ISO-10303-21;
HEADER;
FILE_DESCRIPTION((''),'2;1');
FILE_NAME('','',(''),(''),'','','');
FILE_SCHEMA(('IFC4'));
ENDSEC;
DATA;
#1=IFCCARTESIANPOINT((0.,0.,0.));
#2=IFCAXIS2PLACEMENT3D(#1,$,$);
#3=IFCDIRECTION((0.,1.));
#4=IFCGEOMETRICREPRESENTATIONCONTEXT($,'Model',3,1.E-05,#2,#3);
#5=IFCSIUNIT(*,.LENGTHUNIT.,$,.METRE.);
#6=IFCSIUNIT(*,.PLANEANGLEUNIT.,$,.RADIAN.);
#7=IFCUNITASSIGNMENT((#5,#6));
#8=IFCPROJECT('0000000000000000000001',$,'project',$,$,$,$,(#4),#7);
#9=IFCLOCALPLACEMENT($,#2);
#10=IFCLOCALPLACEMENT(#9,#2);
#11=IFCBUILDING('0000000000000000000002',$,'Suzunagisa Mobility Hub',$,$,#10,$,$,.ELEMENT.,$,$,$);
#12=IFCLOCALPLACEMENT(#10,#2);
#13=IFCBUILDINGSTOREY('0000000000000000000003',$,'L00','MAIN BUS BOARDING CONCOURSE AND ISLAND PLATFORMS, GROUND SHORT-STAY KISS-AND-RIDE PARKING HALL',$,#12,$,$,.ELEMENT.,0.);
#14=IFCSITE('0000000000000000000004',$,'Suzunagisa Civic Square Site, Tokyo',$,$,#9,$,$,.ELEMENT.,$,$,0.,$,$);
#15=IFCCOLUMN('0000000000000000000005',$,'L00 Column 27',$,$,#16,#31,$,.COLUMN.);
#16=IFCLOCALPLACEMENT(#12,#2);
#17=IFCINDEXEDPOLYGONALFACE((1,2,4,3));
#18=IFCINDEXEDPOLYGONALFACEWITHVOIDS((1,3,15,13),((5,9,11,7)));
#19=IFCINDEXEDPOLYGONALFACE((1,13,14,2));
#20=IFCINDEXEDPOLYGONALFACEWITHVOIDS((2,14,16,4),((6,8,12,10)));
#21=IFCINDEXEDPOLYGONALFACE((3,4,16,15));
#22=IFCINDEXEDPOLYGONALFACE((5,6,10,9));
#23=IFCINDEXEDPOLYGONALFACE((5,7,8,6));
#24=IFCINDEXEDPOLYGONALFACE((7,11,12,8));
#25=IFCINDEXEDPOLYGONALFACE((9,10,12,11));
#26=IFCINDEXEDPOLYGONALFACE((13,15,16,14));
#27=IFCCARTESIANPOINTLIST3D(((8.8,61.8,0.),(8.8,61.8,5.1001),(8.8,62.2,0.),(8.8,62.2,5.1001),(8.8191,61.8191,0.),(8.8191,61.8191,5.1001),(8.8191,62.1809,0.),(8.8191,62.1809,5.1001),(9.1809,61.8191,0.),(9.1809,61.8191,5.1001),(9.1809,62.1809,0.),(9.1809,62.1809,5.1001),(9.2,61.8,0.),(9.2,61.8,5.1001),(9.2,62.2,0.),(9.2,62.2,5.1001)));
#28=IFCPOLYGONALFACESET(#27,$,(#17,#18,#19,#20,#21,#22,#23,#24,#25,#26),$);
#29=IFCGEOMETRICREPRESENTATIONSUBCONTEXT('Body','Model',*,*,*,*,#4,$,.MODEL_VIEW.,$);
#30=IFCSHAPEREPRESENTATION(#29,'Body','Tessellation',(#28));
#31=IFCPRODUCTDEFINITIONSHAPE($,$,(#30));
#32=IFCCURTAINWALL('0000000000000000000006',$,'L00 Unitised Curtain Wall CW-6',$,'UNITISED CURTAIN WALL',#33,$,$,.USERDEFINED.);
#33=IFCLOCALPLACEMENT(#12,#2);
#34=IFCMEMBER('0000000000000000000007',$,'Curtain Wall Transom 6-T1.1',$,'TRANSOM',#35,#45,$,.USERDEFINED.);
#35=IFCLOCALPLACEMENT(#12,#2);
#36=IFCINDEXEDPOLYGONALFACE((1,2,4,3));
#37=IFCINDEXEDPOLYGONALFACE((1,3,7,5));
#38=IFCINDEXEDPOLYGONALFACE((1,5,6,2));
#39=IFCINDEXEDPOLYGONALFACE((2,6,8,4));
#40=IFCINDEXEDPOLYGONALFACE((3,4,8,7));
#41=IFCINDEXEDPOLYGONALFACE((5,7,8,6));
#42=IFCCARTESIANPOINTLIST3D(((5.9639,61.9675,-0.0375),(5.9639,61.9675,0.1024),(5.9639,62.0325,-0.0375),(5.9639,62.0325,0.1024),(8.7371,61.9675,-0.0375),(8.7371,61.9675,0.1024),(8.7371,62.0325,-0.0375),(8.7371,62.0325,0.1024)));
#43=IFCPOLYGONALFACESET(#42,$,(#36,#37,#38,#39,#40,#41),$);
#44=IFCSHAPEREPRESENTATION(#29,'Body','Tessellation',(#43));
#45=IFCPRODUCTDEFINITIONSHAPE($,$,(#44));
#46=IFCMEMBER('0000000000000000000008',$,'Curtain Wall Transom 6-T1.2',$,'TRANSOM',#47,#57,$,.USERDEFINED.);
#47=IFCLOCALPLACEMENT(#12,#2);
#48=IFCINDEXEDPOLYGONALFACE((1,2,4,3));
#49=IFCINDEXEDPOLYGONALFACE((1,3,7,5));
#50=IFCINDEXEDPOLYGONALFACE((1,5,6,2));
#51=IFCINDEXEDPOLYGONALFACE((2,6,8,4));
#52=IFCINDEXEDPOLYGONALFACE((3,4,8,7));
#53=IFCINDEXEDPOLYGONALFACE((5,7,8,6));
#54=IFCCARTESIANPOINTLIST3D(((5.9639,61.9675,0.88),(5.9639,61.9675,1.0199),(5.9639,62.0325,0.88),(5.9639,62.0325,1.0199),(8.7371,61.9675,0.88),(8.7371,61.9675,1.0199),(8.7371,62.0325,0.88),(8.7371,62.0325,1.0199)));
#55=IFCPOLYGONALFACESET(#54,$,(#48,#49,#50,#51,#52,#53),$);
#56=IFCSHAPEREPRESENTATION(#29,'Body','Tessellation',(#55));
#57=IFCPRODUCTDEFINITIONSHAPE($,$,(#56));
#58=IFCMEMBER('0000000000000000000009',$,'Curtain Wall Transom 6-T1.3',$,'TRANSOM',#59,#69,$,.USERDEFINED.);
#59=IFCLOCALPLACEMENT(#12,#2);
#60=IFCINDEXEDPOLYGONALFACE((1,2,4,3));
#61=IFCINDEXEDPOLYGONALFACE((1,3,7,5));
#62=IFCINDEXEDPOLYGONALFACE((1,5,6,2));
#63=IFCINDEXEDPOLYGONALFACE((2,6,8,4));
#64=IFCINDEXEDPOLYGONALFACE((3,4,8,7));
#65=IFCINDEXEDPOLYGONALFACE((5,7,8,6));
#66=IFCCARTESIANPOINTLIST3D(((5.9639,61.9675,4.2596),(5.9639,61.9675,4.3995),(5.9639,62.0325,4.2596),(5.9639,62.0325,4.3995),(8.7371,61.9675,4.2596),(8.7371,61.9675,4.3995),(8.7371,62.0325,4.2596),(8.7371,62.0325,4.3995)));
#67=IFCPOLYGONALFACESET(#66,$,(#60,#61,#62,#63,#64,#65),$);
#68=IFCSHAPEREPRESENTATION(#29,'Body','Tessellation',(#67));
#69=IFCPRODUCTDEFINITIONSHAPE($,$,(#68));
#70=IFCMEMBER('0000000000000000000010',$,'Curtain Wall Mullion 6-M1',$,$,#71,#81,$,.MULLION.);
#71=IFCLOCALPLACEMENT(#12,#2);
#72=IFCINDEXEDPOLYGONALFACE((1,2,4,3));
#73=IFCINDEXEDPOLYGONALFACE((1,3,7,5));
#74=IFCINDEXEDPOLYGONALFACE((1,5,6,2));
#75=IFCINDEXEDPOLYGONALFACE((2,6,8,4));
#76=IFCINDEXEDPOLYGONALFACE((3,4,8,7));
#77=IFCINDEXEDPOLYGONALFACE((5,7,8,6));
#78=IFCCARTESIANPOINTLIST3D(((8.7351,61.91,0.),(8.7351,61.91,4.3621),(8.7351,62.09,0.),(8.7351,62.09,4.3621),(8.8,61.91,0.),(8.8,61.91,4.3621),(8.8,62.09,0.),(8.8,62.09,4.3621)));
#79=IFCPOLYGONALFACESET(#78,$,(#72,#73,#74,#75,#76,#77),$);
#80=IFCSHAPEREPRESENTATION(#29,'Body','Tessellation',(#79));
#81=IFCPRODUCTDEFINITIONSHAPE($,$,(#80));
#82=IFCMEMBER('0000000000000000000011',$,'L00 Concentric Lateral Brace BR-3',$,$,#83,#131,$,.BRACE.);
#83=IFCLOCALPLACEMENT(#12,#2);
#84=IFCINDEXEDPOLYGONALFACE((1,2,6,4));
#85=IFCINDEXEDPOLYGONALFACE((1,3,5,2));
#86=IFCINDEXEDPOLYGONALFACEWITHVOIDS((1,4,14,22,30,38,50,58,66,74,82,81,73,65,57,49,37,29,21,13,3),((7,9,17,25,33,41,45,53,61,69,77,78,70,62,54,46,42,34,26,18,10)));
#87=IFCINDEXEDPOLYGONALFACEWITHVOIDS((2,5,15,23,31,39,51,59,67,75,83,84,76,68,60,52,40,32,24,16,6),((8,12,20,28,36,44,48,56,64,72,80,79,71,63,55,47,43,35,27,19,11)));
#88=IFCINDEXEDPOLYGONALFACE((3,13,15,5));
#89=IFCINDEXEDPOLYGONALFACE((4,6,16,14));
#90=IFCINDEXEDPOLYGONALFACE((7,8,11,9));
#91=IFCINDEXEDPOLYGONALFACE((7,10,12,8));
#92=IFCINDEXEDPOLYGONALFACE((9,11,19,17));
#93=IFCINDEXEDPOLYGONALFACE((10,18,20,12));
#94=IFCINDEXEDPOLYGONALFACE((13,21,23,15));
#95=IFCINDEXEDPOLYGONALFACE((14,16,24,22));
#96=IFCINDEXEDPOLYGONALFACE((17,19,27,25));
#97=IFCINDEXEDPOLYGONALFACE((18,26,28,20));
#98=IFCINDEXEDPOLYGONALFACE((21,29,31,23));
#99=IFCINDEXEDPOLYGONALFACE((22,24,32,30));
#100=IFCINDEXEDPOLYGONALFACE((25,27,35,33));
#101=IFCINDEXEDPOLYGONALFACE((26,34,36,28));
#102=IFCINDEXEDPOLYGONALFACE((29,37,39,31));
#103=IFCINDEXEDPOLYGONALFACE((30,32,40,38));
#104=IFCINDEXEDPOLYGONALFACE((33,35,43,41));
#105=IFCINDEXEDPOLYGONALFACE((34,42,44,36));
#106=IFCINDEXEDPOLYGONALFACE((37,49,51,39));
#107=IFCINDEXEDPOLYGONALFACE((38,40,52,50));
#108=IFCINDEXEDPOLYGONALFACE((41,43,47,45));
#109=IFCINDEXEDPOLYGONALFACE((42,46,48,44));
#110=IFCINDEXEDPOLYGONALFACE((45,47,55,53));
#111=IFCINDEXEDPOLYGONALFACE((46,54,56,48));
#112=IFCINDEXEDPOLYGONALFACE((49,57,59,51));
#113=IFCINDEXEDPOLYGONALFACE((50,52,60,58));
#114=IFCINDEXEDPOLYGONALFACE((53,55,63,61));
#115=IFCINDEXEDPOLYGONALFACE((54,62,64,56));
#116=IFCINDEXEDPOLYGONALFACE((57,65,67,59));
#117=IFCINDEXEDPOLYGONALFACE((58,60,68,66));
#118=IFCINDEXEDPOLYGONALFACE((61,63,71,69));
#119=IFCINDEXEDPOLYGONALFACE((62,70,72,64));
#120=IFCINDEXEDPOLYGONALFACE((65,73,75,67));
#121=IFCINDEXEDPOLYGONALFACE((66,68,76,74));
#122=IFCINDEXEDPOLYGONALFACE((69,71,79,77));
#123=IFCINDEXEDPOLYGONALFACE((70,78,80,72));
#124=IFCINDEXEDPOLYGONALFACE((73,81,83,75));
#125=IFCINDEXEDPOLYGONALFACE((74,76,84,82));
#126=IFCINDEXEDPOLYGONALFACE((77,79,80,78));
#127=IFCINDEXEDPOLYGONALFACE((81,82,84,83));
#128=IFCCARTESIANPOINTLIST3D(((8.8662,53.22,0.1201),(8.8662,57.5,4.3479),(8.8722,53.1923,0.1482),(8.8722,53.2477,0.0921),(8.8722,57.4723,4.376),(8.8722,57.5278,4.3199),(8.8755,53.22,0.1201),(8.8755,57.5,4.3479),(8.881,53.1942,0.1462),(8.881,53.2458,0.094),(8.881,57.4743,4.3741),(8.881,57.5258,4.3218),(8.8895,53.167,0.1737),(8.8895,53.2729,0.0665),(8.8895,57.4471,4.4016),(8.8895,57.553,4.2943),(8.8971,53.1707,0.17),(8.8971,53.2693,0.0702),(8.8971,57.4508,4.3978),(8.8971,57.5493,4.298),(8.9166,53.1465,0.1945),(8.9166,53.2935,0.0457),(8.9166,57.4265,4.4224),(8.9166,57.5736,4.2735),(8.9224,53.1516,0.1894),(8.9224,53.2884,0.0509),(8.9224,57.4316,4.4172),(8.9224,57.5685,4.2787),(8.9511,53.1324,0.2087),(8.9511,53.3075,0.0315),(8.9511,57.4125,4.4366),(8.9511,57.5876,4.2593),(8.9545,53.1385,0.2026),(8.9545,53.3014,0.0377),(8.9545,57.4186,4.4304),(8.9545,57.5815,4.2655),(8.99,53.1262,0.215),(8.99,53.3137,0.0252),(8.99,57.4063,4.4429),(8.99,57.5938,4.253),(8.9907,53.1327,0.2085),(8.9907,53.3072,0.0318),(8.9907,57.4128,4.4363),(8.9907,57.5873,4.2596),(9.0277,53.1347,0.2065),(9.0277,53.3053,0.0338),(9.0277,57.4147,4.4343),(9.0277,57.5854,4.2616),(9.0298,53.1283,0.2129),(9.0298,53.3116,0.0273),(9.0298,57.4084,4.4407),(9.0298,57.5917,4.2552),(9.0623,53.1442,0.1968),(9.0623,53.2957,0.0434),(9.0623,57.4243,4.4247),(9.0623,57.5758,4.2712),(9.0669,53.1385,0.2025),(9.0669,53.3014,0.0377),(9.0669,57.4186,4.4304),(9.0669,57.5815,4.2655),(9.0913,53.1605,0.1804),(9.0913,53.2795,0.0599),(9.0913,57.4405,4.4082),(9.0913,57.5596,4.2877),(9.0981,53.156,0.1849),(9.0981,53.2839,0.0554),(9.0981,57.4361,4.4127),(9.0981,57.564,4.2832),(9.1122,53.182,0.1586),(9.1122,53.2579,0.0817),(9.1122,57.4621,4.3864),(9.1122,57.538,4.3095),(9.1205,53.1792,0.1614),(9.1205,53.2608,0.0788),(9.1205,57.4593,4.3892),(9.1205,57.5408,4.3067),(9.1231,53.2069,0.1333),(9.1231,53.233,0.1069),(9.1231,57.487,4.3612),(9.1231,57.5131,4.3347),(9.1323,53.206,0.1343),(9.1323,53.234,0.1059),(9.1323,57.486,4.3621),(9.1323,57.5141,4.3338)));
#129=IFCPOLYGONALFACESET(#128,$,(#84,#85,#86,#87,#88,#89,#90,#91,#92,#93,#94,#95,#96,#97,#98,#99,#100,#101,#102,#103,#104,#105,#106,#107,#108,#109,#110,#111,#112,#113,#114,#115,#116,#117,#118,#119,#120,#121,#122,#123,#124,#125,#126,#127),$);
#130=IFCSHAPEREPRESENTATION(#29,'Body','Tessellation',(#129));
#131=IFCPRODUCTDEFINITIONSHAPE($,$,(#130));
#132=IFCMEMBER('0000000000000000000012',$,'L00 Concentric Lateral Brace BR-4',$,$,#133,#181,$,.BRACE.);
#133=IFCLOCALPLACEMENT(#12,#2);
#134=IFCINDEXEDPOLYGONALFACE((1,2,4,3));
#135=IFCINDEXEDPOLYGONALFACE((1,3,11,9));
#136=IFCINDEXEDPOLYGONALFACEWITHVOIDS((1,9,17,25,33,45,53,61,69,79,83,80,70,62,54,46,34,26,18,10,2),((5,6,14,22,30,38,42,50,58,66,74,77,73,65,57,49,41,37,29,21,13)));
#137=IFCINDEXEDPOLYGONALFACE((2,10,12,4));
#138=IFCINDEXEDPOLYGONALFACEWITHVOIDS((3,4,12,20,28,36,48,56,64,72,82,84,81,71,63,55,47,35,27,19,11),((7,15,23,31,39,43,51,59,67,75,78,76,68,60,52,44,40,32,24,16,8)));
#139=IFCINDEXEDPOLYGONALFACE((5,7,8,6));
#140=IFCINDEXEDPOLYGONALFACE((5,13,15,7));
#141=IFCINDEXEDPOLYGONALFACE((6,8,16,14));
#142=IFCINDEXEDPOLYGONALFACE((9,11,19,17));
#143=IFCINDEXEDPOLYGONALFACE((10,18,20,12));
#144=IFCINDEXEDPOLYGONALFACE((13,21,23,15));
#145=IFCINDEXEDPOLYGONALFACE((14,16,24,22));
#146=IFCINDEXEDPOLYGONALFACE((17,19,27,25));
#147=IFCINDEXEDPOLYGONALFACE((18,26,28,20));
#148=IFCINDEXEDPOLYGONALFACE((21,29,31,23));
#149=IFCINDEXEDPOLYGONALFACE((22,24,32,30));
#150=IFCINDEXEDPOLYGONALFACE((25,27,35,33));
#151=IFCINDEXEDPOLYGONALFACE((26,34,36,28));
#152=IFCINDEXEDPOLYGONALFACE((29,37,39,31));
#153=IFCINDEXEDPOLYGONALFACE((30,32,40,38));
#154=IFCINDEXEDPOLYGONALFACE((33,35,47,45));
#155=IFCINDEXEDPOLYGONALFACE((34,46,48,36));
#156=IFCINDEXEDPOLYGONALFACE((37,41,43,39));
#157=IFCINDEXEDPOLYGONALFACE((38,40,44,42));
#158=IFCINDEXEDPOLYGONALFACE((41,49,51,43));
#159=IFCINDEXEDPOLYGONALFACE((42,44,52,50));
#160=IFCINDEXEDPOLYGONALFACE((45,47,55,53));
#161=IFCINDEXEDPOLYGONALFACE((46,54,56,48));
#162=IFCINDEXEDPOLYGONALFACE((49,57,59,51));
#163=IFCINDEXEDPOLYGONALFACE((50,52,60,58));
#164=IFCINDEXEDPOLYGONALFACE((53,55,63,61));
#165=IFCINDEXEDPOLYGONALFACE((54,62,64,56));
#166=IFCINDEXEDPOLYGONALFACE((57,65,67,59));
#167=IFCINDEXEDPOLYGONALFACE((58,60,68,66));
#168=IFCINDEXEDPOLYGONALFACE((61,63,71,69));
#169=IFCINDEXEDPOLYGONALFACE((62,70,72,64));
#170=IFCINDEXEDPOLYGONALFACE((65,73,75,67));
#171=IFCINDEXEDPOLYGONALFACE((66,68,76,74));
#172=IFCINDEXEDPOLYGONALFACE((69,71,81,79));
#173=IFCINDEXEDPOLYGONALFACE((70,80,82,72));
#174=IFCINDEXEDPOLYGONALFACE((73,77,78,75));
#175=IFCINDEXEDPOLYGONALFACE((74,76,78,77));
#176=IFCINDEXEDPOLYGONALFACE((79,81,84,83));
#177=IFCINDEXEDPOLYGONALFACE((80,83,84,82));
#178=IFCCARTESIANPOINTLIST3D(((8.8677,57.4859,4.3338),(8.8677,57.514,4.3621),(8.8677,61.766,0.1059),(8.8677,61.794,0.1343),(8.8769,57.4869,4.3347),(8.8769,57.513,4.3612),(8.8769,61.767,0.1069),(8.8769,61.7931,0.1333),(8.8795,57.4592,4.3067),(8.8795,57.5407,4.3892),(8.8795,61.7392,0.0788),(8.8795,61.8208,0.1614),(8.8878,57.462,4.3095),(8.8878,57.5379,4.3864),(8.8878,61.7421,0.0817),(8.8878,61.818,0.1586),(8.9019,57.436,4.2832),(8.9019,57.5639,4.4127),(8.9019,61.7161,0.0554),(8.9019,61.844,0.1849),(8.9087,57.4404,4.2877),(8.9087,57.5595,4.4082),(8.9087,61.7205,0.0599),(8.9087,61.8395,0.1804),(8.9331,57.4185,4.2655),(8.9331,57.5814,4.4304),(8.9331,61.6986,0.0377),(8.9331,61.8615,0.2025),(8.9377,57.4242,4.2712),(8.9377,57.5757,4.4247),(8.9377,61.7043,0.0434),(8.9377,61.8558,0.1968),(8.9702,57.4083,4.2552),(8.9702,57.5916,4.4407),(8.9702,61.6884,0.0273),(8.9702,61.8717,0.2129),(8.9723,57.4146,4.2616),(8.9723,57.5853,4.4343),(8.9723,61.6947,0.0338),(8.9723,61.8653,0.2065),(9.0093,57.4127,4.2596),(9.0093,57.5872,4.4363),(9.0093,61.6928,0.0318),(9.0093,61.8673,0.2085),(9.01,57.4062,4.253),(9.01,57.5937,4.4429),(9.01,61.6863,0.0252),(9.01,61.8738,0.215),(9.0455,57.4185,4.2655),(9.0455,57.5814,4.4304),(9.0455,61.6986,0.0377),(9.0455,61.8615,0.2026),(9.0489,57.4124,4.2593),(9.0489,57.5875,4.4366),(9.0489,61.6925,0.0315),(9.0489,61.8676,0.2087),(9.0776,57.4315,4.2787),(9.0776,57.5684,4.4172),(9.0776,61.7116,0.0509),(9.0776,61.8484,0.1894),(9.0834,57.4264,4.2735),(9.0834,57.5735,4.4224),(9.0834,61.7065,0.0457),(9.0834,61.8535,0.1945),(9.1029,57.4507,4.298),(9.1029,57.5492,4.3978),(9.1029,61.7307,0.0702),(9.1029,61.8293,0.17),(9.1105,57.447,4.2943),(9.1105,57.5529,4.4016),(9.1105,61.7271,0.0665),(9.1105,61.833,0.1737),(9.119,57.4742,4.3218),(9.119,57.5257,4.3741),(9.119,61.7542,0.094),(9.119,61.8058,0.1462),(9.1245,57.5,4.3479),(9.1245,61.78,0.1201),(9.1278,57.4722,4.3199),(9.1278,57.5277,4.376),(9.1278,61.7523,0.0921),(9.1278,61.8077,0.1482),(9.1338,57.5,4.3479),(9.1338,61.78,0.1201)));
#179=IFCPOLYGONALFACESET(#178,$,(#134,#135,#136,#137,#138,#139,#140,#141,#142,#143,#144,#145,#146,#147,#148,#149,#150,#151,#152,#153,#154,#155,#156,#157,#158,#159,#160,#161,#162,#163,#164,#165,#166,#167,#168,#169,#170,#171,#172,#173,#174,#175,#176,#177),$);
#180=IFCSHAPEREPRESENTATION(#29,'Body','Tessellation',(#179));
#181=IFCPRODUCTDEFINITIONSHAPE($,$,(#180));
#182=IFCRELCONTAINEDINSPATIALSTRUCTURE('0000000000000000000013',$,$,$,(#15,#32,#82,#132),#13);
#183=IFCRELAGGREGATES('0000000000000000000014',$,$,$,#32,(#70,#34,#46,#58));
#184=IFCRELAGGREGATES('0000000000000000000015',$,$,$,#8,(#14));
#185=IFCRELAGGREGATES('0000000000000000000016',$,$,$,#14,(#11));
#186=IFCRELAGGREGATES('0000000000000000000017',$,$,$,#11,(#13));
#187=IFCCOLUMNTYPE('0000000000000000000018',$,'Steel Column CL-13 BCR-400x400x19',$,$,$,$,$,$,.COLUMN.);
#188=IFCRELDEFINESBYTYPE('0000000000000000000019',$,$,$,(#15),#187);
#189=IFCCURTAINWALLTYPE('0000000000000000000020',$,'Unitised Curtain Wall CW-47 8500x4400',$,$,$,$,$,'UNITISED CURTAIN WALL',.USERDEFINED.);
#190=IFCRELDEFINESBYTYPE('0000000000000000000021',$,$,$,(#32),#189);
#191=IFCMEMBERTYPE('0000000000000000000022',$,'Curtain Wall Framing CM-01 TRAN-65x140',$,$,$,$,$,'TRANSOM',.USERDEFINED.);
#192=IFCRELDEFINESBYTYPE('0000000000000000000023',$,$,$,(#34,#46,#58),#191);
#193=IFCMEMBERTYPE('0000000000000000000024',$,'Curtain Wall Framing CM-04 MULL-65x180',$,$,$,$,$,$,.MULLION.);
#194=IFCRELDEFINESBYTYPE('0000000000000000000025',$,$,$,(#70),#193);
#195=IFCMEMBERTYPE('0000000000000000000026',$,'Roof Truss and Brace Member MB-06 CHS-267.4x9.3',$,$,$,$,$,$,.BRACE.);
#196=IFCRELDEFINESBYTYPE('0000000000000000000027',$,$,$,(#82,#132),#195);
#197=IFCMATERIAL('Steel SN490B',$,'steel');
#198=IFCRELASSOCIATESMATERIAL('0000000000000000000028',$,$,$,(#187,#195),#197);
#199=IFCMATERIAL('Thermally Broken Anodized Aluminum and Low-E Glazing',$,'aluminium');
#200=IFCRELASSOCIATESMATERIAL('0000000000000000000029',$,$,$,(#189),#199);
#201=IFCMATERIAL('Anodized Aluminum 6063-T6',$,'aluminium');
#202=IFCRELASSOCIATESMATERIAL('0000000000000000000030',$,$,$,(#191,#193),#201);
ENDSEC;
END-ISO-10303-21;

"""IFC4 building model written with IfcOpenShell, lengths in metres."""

from ifc_helpers import new_model, si_unit, direction, frame, origin, origin_2d, place, context, subcontext, project, spatial, rectangle, hollow_rectangle, hollow_circle, extrude, material, material_profile, profile_set, type_object, element, aggregate, save


model = new_model("IFC4")

# Units and contexts
model_context = context("Model", 3, precision=1e-05, world=origin(), true_north=direction((0.0, 1.0)))
body_context = subcontext(model_context, "Body", "Model", "MODEL_VIEW")
ifc_project = project(units=[si_unit("LENGTHUNIT", "METRE"), si_unit("PLANEANGLEUNIT", "RADIAN")], contexts=[model_context])

# Site, building, storey
site_placement = place(None, origin())
site = spatial("IfcSite", under=ifc_project, at=site_placement, Name="Suzunagisa Civic Square Site, Tokyo", CompositionType="ELEMENT", RefElevation=0.0)
building_placement = place(site_placement, origin())
building = spatial("IfcBuilding", under=site, at=building_placement, Name="Suzunagisa Mobility Hub", CompositionType="ELEMENT")
storey_placement = place(building_placement, origin())
storey = spatial("IfcBuildingStorey", under=building, at=storey_placement, Name="L00", Description="MAIN BUS BOARDING CONCOURSE AND ISLAND PLATFORMS, GROUND SHORT-STAY KISS-AND-RIDE PARKING HALL", CompositionType="ELEMENT", Elevation=0.0)

# Column
ifc_material_1 = material(Name="Steel SN490B", Category="steel")
ifc_material_profile_1 = material_profile(ifc_material_1, hollow_rectangle(XDim=0.3999, YDim=0.3999, WallThickness=0.019, at=origin_2d()), Name="BCR-400x400x19")
ifc_profile_set_1 = profile_set([ifc_material_profile_1], Name="Steel SN490B")
column_type = type_object("IfcColumnType", Name="Steel Column CL-13 BCR-400x400x19", PredefinedType="COLUMN", material=ifc_profile_set_1)
column_placement = place(storey_placement, frame((9.0, 62.0, 0.0), z_axis=(0.0, 0.0, 1.0), x_axis=(1.0, 0.0, 0.0)))
element("IfcColumn", 1, at=column_placement, inside=storey, type_object=column_type, Name="L00 Column 27", PredefinedType="COLUMN", context=body_context, shape_type="SweptSolid", body=[
    extrude(hollow_rectangle(XDim=0.3999, YDim=0.3999, WallThickness=0.019, at=origin_2d()), origin(), (0.0, 0.0, 1.0), 5.1001),
])

# Curtain wall, members
ifc_material_2 = material(Name="Thermally Broken Anodized Aluminum and Low-E Glazing", Category="aluminium")
curtain_wall_type = type_object("IfcCurtainWallType", Name="Unitised Curtain Wall CW-47 8500x4400", ElementType="UNITISED CURTAIN WALL", PredefinedType="USERDEFINED", material=ifc_material_2)
curtain_wall_placement = place(storey_placement, origin())
curtain_wall = element("IfcCurtainWall", 2, at=curtain_wall_placement, inside=storey, type_object=curtain_wall_type, Name="L00 Unitised Curtain Wall CW-6", ObjectType="UNITISED CURTAIN WALL", PredefinedType="USERDEFINED")
ifc_material_3 = material(Name="Anodized Aluminum 6063-T6", Category="aluminium")
ifc_material_profile_2 = material_profile(ifc_material_3, rectangle(XDim=0.0649, YDim=0.1399, at=origin_2d()), Name="TRAN-65x140")
ifc_profile_set_2 = profile_set([ifc_material_profile_2], Name="Anodized Aluminum 6063-T6")
member_type_1 = type_object("IfcMemberType", Name="Curtain Wall Framing CM-01 TRAN-65x140", ElementType="TRANSOM", PredefinedType="USERDEFINED", material=ifc_profile_set_2)
member_1_placement = place(storey_placement, frame((8.7371, 62.0, 0.0325), z_axis=(-1.0, 0.0, 0.0), x_axis=(0.0, -1.0, 0.0)))
member_1 = element("IfcMember", 3, at=member_1_placement, type_object=member_type_1, Name="Curtain Wall Transom 6-T1.1", ObjectType="TRANSOM", PredefinedType="USERDEFINED", context=body_context, shape_type="SweptSolid", body=[
    extrude(rectangle(XDim=0.0649, YDim=0.1399, at=origin_2d()), origin(), (0.0, 0.0, 1.0), 2.7732),
])
member_2_placement = place(storey_placement, frame((8.7371, 62.0, 0.95), z_axis=(-1.0, 0.0, 0.0), x_axis=(0.0, -1.0, 0.0)))
member_2 = element("IfcMember", 4, at=member_2_placement, type_object=member_type_1, Name="Curtain Wall Transom 6-T1.2", ObjectType="TRANSOM", PredefinedType="USERDEFINED", context=body_context, shape_type="SweptSolid", body=[
    extrude(rectangle(XDim=0.0649, YDim=0.1399, at=origin_2d()), origin(), (0.0, 0.0, 1.0), 2.7732),
])
member_3_placement = place(storey_placement, frame((8.7371, 62.0, 4.3296), z_axis=(-1.0, 0.0, 0.0), x_axis=(0.0, -1.0, 0.0)))
member_3 = element("IfcMember", 5, at=member_3_placement, type_object=member_type_1, Name="Curtain Wall Transom 6-T1.3", ObjectType="TRANSOM", PredefinedType="USERDEFINED", context=body_context, shape_type="SweptSolid", body=[
    extrude(rectangle(XDim=0.0649, YDim=0.1399, at=origin_2d()), origin(), (0.0, 0.0, 1.0), 2.7732),
])
ifc_material_profile_3 = material_profile(ifc_material_3, rectangle(XDim=0.0649, YDim=0.1799, at=origin_2d()), Name="MULL-65x180")
ifc_profile_set_3 = profile_set([ifc_material_profile_3], Name="Anodized Aluminum 6063-T6")
member_type_2 = type_object("IfcMemberType", Name="Curtain Wall Framing CM-04 MULL-65x180", PredefinedType="MULLION", material=ifc_profile_set_3)
member_4_placement = place(storey_placement, frame((8.7676, 62.0, 0.0), z_axis=(0.0, 0.0, 1.0), x_axis=(-1.0, 0.0, 0.0)))
member_4 = element("IfcMember", 6, at=member_4_placement, type_object=member_type_2, Name="Curtain Wall Mullion 6-M1", PredefinedType="MULLION", context=body_context, shape_type="SweptSolid", body=[
    extrude(rectangle(XDim=0.0649, YDim=0.1799, at=origin_2d()), origin(), (0.0, 0.0, 1.0), 4.3621),
])

# Members
ifc_material_profile_4 = material_profile(ifc_material_1, hollow_circle(Radius=0.1338, WallThickness=0.0093, at=origin_2d()), Name="CHS-267.4x9.3")
ifc_profile_set_4 = profile_set([ifc_material_profile_4], Name="Steel SN490B")
member_type_3 = type_object("IfcMemberType", Name="Roof Truss and Brace Member MB-06 CHS-267.4x9.3", PredefinedType="BRACE", material=ifc_profile_set_4)
for number, where, z_axis, x_axis, name in (
    (7, (9.0, 53.22, 0.1201), (0.0, 0.711436, 0.702751), (-1.0, 0.0, 0.0), "L00 Concentric Lateral Brace BR-3"),
    (8, (9.0, 61.78, 0.1201), (0.0, -0.711436, 0.702751), (1.0, 0.0, 0.0), "L00 Concentric Lateral Brace BR-4"),
):
    element("IfcMember", number, at=place(storey_placement, frame(where, z_axis=z_axis, x_axis=x_axis)), inside=storey, type_object=member_type_3, Name=name, PredefinedType="BRACE", context=body_context, shape_type="SweptSolid", body=[
        extrude(hollow_circle(Radius=0.1338, WallThickness=0.0093, at=origin_2d()), origin(), (0.0, 0.0, 1.0), 6.0161),
    ])

aggregate(curtain_wall, [member_4, member_1, member_2, member_3])

save(model, "model.ifc")
